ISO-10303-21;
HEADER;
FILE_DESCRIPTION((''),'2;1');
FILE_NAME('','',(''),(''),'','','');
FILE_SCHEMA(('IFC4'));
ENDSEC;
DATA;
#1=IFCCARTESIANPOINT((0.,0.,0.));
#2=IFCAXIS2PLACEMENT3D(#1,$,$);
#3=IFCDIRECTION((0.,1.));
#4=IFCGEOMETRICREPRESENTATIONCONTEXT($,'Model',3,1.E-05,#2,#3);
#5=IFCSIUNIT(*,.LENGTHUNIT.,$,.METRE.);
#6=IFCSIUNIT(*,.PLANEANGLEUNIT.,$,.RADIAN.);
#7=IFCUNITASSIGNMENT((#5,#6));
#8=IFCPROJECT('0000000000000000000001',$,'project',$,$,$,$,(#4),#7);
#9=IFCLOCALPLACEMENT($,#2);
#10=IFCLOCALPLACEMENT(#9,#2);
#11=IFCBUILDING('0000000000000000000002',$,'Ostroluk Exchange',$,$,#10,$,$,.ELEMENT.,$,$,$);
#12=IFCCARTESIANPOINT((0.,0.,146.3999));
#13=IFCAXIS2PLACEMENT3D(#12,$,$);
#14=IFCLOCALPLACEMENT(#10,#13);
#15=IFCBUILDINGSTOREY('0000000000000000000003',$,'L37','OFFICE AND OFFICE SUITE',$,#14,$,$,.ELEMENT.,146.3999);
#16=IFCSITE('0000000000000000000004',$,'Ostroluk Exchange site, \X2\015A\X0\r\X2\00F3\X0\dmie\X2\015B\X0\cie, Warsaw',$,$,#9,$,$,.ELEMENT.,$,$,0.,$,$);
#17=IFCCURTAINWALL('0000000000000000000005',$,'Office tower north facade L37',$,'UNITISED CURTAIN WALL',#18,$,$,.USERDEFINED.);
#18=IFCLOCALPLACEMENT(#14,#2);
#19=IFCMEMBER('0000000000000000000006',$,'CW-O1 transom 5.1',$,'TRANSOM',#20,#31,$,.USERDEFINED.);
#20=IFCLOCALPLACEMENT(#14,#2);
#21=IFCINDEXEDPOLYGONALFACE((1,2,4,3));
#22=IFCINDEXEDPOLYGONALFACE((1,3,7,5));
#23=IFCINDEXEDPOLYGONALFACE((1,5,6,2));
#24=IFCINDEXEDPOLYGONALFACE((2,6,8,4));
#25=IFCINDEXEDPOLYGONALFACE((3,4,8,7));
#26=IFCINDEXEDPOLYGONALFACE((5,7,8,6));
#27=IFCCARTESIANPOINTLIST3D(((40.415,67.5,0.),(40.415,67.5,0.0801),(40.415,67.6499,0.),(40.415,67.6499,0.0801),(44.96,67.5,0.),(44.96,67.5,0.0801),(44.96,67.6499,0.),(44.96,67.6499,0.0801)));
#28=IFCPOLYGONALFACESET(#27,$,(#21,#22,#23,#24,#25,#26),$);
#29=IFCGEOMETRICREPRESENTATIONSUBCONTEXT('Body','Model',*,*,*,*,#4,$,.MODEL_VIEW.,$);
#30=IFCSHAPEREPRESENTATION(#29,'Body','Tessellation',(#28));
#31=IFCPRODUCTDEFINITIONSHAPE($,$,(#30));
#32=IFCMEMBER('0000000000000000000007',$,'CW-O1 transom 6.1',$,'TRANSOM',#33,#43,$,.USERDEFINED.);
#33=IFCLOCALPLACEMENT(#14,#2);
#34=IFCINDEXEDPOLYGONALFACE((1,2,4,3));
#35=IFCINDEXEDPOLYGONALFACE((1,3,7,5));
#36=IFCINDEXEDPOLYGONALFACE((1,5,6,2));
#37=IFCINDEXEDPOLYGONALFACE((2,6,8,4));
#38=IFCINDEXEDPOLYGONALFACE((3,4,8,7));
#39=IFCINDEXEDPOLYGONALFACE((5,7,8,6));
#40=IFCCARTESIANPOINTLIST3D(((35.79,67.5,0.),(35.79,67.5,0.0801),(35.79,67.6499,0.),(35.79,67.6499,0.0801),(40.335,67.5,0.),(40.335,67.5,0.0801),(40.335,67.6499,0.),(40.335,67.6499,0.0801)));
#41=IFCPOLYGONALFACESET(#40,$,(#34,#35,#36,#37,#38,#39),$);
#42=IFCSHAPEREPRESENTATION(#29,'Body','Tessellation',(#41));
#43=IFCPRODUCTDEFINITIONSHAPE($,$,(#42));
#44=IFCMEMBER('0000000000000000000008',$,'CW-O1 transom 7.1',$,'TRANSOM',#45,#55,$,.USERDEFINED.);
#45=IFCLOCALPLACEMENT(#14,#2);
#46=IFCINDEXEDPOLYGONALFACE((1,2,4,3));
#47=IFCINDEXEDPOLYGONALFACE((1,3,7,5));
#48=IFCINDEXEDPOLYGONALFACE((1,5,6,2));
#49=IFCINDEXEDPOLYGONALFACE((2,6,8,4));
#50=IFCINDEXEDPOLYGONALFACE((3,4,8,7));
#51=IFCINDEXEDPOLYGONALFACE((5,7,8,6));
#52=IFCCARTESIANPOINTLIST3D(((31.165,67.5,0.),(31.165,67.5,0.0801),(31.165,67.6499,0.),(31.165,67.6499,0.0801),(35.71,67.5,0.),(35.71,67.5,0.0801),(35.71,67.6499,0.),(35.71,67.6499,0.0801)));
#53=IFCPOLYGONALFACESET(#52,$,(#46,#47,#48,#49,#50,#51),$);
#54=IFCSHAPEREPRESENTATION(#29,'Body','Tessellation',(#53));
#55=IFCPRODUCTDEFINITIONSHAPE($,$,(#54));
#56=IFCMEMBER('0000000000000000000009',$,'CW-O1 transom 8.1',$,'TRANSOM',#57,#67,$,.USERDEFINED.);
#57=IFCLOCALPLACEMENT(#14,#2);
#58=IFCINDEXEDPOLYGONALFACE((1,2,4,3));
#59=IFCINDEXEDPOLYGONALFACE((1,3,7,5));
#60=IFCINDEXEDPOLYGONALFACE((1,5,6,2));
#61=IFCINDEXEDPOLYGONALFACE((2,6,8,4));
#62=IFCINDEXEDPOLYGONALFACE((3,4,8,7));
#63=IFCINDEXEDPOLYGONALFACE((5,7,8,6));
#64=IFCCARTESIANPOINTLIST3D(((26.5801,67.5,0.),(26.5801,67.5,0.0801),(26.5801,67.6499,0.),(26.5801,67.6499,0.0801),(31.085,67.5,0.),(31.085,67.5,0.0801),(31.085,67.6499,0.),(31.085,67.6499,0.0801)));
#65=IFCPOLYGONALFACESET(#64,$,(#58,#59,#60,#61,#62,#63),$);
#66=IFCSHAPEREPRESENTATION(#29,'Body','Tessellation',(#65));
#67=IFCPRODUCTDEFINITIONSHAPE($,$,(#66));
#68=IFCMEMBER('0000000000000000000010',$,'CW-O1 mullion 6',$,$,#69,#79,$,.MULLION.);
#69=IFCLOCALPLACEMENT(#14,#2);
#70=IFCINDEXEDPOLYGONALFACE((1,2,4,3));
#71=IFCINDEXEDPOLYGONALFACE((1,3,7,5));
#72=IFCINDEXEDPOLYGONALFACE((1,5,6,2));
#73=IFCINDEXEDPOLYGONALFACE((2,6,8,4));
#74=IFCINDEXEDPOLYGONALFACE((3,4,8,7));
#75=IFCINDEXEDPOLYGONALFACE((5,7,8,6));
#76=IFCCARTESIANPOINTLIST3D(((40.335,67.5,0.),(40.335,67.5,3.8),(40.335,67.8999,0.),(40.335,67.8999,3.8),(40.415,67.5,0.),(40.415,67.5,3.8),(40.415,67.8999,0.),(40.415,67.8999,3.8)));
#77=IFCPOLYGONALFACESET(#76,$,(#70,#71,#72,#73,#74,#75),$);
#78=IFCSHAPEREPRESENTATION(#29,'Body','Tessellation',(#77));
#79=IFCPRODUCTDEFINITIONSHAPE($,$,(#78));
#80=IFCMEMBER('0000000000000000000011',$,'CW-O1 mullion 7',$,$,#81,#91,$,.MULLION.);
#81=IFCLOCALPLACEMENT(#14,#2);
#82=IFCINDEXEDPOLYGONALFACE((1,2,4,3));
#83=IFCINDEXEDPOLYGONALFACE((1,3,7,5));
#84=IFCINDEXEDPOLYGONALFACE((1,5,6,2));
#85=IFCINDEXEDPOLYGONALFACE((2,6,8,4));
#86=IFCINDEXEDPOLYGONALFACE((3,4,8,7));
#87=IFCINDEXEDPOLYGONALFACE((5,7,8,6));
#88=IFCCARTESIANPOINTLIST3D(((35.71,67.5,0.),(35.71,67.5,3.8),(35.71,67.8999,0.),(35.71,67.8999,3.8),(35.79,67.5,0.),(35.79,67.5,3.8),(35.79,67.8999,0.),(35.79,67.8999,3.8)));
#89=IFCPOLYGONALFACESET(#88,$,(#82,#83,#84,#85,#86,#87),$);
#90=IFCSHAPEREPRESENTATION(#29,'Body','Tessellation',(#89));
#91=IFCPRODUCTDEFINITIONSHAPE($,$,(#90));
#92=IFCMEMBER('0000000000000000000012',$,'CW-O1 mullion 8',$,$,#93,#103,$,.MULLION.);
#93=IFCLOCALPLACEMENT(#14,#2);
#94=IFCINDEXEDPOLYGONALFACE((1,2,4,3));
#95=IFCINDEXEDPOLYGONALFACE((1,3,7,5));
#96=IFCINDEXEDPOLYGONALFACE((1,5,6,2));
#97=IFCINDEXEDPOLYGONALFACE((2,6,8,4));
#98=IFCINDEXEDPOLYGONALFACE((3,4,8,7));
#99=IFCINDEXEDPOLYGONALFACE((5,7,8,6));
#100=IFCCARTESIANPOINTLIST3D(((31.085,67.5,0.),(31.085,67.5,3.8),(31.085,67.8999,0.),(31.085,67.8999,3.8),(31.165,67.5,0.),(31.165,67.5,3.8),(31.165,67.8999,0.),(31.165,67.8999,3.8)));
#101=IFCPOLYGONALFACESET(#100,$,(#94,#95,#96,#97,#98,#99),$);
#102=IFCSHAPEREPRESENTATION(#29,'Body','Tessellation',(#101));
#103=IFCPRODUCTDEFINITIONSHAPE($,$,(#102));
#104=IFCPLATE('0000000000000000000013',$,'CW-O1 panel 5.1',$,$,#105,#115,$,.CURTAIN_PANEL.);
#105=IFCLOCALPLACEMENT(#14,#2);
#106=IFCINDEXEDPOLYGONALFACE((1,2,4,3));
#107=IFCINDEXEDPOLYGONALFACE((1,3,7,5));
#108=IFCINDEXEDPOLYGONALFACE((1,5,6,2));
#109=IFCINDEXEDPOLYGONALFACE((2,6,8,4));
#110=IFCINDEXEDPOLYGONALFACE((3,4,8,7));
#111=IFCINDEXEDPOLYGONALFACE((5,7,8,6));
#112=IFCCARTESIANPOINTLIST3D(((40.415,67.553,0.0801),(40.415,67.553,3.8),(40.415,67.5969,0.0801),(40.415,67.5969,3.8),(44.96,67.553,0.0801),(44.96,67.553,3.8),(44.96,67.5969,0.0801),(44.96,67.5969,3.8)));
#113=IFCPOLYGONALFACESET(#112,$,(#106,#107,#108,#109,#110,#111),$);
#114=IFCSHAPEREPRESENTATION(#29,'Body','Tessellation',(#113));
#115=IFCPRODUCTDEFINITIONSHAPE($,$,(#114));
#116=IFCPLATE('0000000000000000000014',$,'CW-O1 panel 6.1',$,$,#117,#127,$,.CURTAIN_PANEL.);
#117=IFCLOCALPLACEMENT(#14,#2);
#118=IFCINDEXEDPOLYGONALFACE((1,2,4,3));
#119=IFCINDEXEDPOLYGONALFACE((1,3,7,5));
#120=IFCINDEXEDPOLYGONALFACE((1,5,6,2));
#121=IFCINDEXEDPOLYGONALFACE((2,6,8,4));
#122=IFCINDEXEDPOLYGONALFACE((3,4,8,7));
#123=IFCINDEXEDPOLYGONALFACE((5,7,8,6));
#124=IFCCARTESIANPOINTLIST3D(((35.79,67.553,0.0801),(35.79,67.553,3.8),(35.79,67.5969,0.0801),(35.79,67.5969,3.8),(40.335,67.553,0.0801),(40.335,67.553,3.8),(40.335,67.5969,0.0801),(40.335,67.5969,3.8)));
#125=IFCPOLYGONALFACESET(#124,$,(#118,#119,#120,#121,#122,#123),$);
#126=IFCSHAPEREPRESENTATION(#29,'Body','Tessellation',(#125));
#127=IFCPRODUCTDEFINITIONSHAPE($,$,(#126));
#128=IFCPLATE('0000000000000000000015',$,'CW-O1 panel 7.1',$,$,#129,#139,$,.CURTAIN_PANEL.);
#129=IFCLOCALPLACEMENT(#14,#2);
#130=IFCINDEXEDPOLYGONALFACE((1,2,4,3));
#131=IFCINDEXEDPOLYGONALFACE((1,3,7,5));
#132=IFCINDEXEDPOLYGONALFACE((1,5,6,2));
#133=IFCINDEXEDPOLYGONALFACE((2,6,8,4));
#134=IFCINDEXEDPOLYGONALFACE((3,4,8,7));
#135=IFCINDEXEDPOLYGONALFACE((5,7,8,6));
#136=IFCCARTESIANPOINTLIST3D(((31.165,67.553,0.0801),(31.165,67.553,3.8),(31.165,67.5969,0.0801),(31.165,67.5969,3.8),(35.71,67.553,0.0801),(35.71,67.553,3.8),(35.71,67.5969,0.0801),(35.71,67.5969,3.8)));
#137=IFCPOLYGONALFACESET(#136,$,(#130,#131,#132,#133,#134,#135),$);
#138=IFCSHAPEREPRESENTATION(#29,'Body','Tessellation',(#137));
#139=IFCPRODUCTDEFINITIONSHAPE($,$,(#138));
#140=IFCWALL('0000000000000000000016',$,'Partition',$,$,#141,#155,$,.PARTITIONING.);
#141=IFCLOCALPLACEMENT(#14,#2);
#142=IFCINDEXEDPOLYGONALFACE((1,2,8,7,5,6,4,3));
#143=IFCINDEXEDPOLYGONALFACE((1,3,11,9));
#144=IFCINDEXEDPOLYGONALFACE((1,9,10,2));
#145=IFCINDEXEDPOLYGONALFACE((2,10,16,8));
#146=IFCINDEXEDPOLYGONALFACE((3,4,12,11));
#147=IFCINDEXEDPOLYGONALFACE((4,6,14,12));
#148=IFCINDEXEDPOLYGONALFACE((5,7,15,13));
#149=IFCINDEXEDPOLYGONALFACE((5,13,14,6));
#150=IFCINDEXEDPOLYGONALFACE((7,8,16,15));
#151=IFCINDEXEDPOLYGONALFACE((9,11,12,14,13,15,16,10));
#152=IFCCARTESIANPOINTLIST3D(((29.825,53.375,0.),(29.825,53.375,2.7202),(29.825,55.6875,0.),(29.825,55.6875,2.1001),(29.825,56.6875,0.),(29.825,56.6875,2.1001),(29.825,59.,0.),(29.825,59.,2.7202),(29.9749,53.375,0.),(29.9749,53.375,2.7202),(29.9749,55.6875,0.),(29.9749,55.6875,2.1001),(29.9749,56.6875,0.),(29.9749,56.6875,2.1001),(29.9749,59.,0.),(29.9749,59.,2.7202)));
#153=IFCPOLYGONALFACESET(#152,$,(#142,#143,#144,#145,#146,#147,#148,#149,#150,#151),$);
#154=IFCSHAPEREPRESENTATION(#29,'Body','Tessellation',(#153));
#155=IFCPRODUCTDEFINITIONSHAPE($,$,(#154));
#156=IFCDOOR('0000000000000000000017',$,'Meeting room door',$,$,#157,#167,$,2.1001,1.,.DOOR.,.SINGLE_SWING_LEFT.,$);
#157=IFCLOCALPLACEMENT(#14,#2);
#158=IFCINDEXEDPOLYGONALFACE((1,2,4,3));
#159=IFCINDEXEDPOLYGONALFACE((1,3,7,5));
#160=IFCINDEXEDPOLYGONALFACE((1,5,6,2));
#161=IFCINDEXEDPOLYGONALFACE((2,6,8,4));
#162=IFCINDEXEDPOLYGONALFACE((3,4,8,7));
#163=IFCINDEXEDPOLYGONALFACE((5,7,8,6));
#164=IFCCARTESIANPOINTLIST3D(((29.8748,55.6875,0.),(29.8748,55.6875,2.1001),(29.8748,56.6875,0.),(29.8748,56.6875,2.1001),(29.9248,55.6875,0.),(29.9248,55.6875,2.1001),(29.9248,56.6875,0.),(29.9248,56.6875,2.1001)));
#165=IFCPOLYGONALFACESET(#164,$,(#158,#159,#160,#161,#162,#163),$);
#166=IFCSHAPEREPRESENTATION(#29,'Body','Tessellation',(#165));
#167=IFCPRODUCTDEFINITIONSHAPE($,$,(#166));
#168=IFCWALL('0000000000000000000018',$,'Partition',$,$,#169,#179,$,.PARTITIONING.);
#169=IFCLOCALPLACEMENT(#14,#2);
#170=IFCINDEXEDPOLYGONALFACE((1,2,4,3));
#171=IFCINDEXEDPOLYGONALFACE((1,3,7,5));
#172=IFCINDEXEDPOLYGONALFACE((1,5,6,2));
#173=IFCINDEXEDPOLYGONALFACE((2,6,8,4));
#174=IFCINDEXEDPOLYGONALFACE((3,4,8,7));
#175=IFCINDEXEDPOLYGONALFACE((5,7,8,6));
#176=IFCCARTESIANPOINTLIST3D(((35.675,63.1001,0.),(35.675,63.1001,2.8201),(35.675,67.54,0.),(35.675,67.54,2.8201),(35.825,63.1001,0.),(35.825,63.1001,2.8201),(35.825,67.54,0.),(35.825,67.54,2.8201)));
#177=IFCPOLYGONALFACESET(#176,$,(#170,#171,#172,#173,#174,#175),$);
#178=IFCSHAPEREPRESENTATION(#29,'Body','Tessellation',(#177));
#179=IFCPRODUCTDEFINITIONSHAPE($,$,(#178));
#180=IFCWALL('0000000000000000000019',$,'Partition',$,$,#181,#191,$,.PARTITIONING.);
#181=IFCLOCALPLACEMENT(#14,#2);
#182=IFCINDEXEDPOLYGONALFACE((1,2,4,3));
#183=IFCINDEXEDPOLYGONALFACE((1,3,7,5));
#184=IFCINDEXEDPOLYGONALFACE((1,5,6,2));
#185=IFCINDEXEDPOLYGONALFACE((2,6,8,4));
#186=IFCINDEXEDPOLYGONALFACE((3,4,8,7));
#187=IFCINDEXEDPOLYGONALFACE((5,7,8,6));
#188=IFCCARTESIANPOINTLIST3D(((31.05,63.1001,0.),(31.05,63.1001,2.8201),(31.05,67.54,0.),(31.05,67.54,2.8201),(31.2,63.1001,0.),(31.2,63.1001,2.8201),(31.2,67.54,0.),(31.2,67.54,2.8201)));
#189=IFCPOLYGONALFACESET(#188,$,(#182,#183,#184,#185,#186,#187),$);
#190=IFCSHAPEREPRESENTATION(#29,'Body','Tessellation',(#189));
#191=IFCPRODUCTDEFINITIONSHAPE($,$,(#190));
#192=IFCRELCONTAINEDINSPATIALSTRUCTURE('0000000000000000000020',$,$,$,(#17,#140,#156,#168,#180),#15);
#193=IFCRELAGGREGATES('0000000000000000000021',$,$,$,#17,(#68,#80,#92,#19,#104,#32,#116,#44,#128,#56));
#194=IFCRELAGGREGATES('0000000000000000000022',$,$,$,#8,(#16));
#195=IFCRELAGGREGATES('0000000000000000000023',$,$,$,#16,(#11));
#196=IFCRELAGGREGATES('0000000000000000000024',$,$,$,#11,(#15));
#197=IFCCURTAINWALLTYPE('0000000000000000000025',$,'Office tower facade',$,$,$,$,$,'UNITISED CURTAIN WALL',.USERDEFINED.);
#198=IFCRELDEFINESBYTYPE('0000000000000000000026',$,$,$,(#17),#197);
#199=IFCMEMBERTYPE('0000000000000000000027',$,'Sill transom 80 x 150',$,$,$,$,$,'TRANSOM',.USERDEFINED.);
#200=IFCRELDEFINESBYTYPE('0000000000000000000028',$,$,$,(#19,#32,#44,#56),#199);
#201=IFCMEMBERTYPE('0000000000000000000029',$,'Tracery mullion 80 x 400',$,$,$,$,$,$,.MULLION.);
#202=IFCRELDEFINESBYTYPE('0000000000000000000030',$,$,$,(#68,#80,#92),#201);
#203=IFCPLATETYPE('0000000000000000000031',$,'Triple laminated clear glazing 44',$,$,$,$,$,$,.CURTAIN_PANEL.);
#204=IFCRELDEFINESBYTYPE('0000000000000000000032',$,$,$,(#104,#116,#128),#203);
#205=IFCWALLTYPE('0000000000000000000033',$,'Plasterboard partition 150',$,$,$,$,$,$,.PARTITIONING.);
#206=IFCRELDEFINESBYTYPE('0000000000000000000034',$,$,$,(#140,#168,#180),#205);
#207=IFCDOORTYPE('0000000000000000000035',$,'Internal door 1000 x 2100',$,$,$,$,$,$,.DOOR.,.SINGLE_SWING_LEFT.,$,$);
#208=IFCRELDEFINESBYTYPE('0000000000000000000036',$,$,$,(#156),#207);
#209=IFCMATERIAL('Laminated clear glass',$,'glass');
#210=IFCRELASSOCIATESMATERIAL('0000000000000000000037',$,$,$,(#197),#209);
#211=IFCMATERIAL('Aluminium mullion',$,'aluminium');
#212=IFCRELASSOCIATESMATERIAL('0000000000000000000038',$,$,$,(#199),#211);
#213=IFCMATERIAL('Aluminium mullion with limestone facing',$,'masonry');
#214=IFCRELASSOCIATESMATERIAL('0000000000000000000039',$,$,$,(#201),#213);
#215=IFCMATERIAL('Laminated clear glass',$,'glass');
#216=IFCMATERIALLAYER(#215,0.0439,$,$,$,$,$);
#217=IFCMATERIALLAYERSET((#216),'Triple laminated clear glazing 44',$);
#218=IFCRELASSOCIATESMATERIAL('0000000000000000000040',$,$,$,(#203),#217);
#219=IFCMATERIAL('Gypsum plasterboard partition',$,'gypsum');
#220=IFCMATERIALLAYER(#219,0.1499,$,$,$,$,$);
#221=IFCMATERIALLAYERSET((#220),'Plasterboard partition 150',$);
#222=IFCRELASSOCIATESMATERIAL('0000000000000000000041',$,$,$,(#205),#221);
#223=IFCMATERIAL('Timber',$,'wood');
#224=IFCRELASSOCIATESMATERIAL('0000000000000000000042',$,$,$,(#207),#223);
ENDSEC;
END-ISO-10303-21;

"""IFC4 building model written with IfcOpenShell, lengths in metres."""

from ifc_helpers import new_model, si_unit, direction, frame, frame_2d, origin, origin_2d, place, context, subcontext, project, spatial, rectangle, extrude, material, layer, layer_set, material_profile, profile_set, type_object, element, fill, aggregate, save


model = new_model("IFC4")

# Units and contexts
model_context = context("Model", 3, precision=1e-05, world=origin(), true_north=direction((0.0, 1.0)))
body_context = subcontext(model_context, "Body", "Model", "MODEL_VIEW")
ifc_project = project(units=[si_unit("LENGTHUNIT", "METRE"), si_unit("PLANEANGLEUNIT", "RADIAN")], contexts=[model_context])

# Site, building, storey
site_placement = place(None, origin())
site = spatial("IfcSite", under=ifc_project, at=site_placement, Name="Ostroluk Exchange site, Śródmieście, Warsaw", CompositionType="ELEMENT", RefElevation=0.0)
building_placement = place(site_placement, origin())
building = spatial("IfcBuilding", under=site, at=building_placement, Name="Ostroluk Exchange", CompositionType="ELEMENT")
storey_placement = place(building_placement, frame((0.0, 0.0, 146.3999)))
storey = spatial("IfcBuildingStorey", under=building, at=storey_placement, Name="L37", Description="OFFICE AND OFFICE SUITE", CompositionType="ELEMENT", Elevation=146.3999)

# Curtain wall, members, plates
ifc_material_1 = material(Name="Laminated clear glass", Category="glass")
curtain_wall_type = type_object("IfcCurtainWallType", Name="Office tower facade", ElementType="UNITISED CURTAIN WALL", PredefinedType="USERDEFINED", material=ifc_material_1)
curtain_wall_placement = place(storey_placement, origin())
curtain_wall = element("IfcCurtainWall", 1, at=curtain_wall_placement, inside=storey, type_object=curtain_wall_type, Name="Office tower north facade L37", ObjectType="UNITISED CURTAIN WALL", PredefinedType="USERDEFINED")
ifc_material_2 = material(Name="Aluminium mullion", Category="aluminium")
ifc_material_profile_1 = material_profile(ifc_material_2, rectangle(XDim=0.1499, YDim=0.0801, at=origin_2d()), Name="Sill transom 80 x 150")
ifc_profile_set_1 = profile_set([ifc_material_profile_1], Name="Aluminium mullion")
member_type_1 = type_object("IfcMemberType", Name="Sill transom 80 x 150", ElementType="TRANSOM", PredefinedType="USERDEFINED", material=ifc_profile_set_1)
member_1_placement = place(storey_placement, frame((44.96, 67.575, 0.04), z_axis=(-1.0, 0.0, 0.0), x_axis=(0.0, -1.0, 0.0)))
member_1 = element("IfcMember", 2, at=member_1_placement, type_object=member_type_1, Name="CW-O1 transom 5.1", ObjectType="TRANSOM", PredefinedType="USERDEFINED", context=body_context, shape_type="SweptSolid", body=[
    extrude(rectangle(XDim=0.1499, YDim=0.0801, at=origin_2d()), origin(), (0.0, 0.0, 1.0), 4.5449),
])
member_2_placement = place(storey_placement, frame((40.335, 67.575, 0.04), z_axis=(-1.0, 0.0, 0.0), x_axis=(0.0, -1.0, 0.0)))
member_2 = element("IfcMember", 3, at=member_2_placement, type_object=member_type_1, Name="CW-O1 transom 6.1", ObjectType="TRANSOM", PredefinedType="USERDEFINED", context=body_context, shape_type="SweptSolid", body=[
    extrude(rectangle(XDim=0.1499, YDim=0.0801, at=origin_2d()), origin(), (0.0, 0.0, 1.0), 4.5449),
])
member_3_placement = place(storey_placement, frame((35.71, 67.575, 0.04), z_axis=(-1.0, 0.0, 0.0), x_axis=(0.0, -1.0, 0.0)))
member_3 = element("IfcMember", 4, at=member_3_placement, type_object=member_type_1, Name="CW-O1 transom 7.1", ObjectType="TRANSOM", PredefinedType="USERDEFINED", context=body_context, shape_type="SweptSolid", body=[
    extrude(rectangle(XDim=0.1499, YDim=0.0801, at=origin_2d()), origin(), (0.0, 0.0, 1.0), 4.5449),
])
member_4_placement = place(storey_placement, frame((31.085, 67.575, 0.04), z_axis=(-1.0, 0.0, 0.0), x_axis=(0.0, -1.0, 0.0)))
member_4 = element("IfcMember", 5, at=member_4_placement, type_object=member_type_1, Name="CW-O1 transom 8.1", ObjectType="TRANSOM", PredefinedType="USERDEFINED", context=body_context, shape_type="SweptSolid", body=[
    extrude(rectangle(XDim=0.1499, YDim=0.0801, at=origin_2d()), origin(), (0.0, 0.0, 1.0), 4.5049),
])
ifc_material_3 = material(Name="Aluminium mullion with limestone facing", Category="masonry")
ifc_material_profile_2 = material_profile(ifc_material_3, rectangle(XDim=0.3999, YDim=0.0801, at=origin_2d()), Name="Tracery mullion 80 x 400")
ifc_profile_set_2 = profile_set([ifc_material_profile_2], Name="Aluminium mullion with limestone facing")
member_type_2 = type_object("IfcMemberType", Name="Tracery mullion 80 x 400", PredefinedType="MULLION", material=ifc_profile_set_2)
member_5_placement = place(storey_placement, frame((40.375, 67.7, 0.0), z_axis=(0.0, 0.0, 1.0), x_axis=(0.0, -1.0, 0.0)))
member_5 = element("IfcMember", 6, at=member_5_placement, type_object=member_type_2, Name="CW-O1 mullion 6", PredefinedType="MULLION", context=body_context, shape_type="SweptSolid", body=[
    extrude(rectangle(XDim=0.3999, YDim=0.0801, at=origin_2d()), origin(), (0.0, 0.0, 1.0), 3.8),
])
member_6_placement = place(storey_placement, frame((35.75, 67.7, 0.0), z_axis=(0.0, 0.0, 1.0), x_axis=(0.0, -1.0, 0.0)))
member_6 = element("IfcMember", 7, at=member_6_placement, type_object=member_type_2, Name="CW-O1 mullion 7", PredefinedType="MULLION", context=body_context, shape_type="SweptSolid", body=[
    extrude(rectangle(XDim=0.3999, YDim=0.0801, at=origin_2d()), origin(), (0.0, 0.0, 1.0), 3.8),
])
member_7_placement = place(storey_placement, frame((31.125, 67.7, 0.0), z_axis=(0.0, 0.0, 1.0), x_axis=(0.0, -1.0, 0.0)))
member_7 = element("IfcMember", 8, at=member_7_placement, type_object=member_type_2, Name="CW-O1 mullion 8", PredefinedType="MULLION", context=body_context, shape_type="SweptSolid", body=[
    extrude(rectangle(XDim=0.3999, YDim=0.0801, at=origin_2d()), origin(), (0.0, 0.0, 1.0), 3.8),
])
ifc_material_4 = material(Name="Laminated clear glass", Category="glass")
ifc_layer_1 = layer(ifc_material_4, 0.0439)
ifc_layer_set_1 = layer_set([ifc_layer_1], Name="Triple laminated clear glazing 44")
plate_type = type_object("IfcPlateType", Name="Triple laminated clear glazing 44", PredefinedType="CURTAIN_PANEL", material=ifc_layer_set_1)
plate_1_placement = place(storey_placement, frame((42.6875, 67.575, 0.0801), z_axis=(0.0, 0.0, 1.0), x_axis=(-1.0, 0.0, 0.0)))
plate_1 = element("IfcPlate", 9, at=plate_1_placement, type_object=plate_type, Name="CW-O1 panel 5.1", PredefinedType="CURTAIN_PANEL", context=body_context, shape_type="SweptSolid", body=[
    extrude(rectangle(XDim=4.5449, YDim=0.0439, at=origin_2d()), origin(), (0.0, 0.0, 1.0), 3.72),
])
plate_2_placement = place(storey_placement, frame((38.0625, 67.575, 0.0801), z_axis=(0.0, 0.0, 1.0), x_axis=(-1.0, 0.0, 0.0)))
plate_2 = element("IfcPlate", 10, at=plate_2_placement, type_object=plate_type, Name="CW-O1 panel 6.1", PredefinedType="CURTAIN_PANEL", context=body_context, shape_type="SweptSolid", body=[
    extrude(rectangle(XDim=4.5449, YDim=0.0439, at=origin_2d()), origin(), (0.0, 0.0, 1.0), 3.72),
])
plate_3_placement = place(storey_placement, frame((33.4375, 67.575, 0.0801), z_axis=(0.0, 0.0, 1.0), x_axis=(-1.0, 0.0, 0.0)))
plate_3 = element("IfcPlate", 11, at=plate_3_placement, type_object=plate_type, Name="CW-O1 panel 7.1", PredefinedType="CURTAIN_PANEL", context=body_context, shape_type="SweptSolid", body=[
    extrude(rectangle(XDim=4.5449, YDim=0.0439, at=origin_2d()), origin(), (0.0, 0.0, 1.0), 3.72),
])
aggregate(curtain_wall, [member_5, member_6, member_7, member_1, plate_1, member_2, plate_2, member_3, plate_3, member_4])

# Wall, opening, door
ifc_material_5 = material(Name="Gypsum plasterboard partition", Category="gypsum")
ifc_layer_2 = layer(ifc_material_5, 0.1499)
ifc_layer_set_2 = layer_set([ifc_layer_2], Name="Plasterboard partition 150")
wall_type = type_object("IfcWallType", Name="Plasterboard partition 150", PredefinedType="PARTITIONING", material=ifc_layer_set_2)
wall_placement = place(storey_placement, frame((29.8999, 59.0, 0.0), z_axis=(0.0, 0.0, 1.0), x_axis=(0.0, -1.0, 0.0)))
wall = element("IfcWall", 12, at=wall_placement, inside=storey, type_object=wall_type, Name="Partition", PredefinedType="PARTITIONING", context=body_context, shape_type="SweptSolid", body=[
    extrude(rectangle(XDim=5.625, YDim=0.1499, at=frame_2d((2.8125, 0.0))), origin(), (0.0, 0.0, 1.0), 2.7202),
])
opening_placement = place(wall_placement, frame((2.3125, 0.0, 0.0)))
opening = element("IfcOpeningElement", 13, at=opening_placement, cuts=wall, PredefinedType="OPENING", context=body_context, shape_type="SweptSolid", body=[
    extrude(rectangle(XDim=1.0, YDim=2.1001, at=frame_2d((0.5, 1.05))), frame((0.0, 0.085, 0.0), z_axis=(0.0, -1.0, 0.0), x_axis=(1.0, 0.0, 0.0)), (0.0, 0.0, 1.0), 0.1699),
])
ifc_material_6 = material(Name="Timber", Category="wood")
door_type = type_object("IfcDoorType", Name="Internal door 1000 x 2100", OperationType="SINGLE_SWING_LEFT", PredefinedType="DOOR", material=ifc_material_6)
door_placement = place(opening_placement, origin())
door = element("IfcDoor", 14, at=door_placement, inside=storey, type_object=door_type, Name="Meeting room door", OperationType="SINGLE_SWING_LEFT", OverallHeight=2.1001, OverallWidth=1.0, PredefinedType="DOOR", context=body_context, shape_type="SweptSolid", body=[
    extrude(rectangle(XDim=1.0, YDim=2.1001, at=frame_2d((0.5, 1.05))), frame((0.0, 0.0249, 0.0), z_axis=(0.0, -1.0, 0.0), x_axis=(1.0, 0.0, 0.0)), (0.0, 0.0, 1.0), 0.05),
])
fill(opening, door)

# Walls
for number, where, z_axis, x_axis, name in (
    (15, (35.75, 63.1001, 0.0), (0.0, 0.0, 1.0), (0.0, 1.0, 0.0), "Partition"),
    (16, (31.125, 63.1001, 0.0), (0.0, 0.0, 1.0), (0.0, 1.0, 0.0), "Partition"),
):
    element("IfcWall", number, at=place(storey_placement, frame(where, z_axis=z_axis, x_axis=x_axis)), inside=storey, type_object=wall_type, Name=name, PredefinedType="PARTITIONING", context=body_context, shape_type="SweptSolid", body=[
        extrude(rectangle(XDim=4.4399, YDim=0.1499, at=frame_2d((2.22, 0.0))), origin(), (0.0, 0.0, 1.0), 2.8201),
    ])

save(model, "model.ifc")
